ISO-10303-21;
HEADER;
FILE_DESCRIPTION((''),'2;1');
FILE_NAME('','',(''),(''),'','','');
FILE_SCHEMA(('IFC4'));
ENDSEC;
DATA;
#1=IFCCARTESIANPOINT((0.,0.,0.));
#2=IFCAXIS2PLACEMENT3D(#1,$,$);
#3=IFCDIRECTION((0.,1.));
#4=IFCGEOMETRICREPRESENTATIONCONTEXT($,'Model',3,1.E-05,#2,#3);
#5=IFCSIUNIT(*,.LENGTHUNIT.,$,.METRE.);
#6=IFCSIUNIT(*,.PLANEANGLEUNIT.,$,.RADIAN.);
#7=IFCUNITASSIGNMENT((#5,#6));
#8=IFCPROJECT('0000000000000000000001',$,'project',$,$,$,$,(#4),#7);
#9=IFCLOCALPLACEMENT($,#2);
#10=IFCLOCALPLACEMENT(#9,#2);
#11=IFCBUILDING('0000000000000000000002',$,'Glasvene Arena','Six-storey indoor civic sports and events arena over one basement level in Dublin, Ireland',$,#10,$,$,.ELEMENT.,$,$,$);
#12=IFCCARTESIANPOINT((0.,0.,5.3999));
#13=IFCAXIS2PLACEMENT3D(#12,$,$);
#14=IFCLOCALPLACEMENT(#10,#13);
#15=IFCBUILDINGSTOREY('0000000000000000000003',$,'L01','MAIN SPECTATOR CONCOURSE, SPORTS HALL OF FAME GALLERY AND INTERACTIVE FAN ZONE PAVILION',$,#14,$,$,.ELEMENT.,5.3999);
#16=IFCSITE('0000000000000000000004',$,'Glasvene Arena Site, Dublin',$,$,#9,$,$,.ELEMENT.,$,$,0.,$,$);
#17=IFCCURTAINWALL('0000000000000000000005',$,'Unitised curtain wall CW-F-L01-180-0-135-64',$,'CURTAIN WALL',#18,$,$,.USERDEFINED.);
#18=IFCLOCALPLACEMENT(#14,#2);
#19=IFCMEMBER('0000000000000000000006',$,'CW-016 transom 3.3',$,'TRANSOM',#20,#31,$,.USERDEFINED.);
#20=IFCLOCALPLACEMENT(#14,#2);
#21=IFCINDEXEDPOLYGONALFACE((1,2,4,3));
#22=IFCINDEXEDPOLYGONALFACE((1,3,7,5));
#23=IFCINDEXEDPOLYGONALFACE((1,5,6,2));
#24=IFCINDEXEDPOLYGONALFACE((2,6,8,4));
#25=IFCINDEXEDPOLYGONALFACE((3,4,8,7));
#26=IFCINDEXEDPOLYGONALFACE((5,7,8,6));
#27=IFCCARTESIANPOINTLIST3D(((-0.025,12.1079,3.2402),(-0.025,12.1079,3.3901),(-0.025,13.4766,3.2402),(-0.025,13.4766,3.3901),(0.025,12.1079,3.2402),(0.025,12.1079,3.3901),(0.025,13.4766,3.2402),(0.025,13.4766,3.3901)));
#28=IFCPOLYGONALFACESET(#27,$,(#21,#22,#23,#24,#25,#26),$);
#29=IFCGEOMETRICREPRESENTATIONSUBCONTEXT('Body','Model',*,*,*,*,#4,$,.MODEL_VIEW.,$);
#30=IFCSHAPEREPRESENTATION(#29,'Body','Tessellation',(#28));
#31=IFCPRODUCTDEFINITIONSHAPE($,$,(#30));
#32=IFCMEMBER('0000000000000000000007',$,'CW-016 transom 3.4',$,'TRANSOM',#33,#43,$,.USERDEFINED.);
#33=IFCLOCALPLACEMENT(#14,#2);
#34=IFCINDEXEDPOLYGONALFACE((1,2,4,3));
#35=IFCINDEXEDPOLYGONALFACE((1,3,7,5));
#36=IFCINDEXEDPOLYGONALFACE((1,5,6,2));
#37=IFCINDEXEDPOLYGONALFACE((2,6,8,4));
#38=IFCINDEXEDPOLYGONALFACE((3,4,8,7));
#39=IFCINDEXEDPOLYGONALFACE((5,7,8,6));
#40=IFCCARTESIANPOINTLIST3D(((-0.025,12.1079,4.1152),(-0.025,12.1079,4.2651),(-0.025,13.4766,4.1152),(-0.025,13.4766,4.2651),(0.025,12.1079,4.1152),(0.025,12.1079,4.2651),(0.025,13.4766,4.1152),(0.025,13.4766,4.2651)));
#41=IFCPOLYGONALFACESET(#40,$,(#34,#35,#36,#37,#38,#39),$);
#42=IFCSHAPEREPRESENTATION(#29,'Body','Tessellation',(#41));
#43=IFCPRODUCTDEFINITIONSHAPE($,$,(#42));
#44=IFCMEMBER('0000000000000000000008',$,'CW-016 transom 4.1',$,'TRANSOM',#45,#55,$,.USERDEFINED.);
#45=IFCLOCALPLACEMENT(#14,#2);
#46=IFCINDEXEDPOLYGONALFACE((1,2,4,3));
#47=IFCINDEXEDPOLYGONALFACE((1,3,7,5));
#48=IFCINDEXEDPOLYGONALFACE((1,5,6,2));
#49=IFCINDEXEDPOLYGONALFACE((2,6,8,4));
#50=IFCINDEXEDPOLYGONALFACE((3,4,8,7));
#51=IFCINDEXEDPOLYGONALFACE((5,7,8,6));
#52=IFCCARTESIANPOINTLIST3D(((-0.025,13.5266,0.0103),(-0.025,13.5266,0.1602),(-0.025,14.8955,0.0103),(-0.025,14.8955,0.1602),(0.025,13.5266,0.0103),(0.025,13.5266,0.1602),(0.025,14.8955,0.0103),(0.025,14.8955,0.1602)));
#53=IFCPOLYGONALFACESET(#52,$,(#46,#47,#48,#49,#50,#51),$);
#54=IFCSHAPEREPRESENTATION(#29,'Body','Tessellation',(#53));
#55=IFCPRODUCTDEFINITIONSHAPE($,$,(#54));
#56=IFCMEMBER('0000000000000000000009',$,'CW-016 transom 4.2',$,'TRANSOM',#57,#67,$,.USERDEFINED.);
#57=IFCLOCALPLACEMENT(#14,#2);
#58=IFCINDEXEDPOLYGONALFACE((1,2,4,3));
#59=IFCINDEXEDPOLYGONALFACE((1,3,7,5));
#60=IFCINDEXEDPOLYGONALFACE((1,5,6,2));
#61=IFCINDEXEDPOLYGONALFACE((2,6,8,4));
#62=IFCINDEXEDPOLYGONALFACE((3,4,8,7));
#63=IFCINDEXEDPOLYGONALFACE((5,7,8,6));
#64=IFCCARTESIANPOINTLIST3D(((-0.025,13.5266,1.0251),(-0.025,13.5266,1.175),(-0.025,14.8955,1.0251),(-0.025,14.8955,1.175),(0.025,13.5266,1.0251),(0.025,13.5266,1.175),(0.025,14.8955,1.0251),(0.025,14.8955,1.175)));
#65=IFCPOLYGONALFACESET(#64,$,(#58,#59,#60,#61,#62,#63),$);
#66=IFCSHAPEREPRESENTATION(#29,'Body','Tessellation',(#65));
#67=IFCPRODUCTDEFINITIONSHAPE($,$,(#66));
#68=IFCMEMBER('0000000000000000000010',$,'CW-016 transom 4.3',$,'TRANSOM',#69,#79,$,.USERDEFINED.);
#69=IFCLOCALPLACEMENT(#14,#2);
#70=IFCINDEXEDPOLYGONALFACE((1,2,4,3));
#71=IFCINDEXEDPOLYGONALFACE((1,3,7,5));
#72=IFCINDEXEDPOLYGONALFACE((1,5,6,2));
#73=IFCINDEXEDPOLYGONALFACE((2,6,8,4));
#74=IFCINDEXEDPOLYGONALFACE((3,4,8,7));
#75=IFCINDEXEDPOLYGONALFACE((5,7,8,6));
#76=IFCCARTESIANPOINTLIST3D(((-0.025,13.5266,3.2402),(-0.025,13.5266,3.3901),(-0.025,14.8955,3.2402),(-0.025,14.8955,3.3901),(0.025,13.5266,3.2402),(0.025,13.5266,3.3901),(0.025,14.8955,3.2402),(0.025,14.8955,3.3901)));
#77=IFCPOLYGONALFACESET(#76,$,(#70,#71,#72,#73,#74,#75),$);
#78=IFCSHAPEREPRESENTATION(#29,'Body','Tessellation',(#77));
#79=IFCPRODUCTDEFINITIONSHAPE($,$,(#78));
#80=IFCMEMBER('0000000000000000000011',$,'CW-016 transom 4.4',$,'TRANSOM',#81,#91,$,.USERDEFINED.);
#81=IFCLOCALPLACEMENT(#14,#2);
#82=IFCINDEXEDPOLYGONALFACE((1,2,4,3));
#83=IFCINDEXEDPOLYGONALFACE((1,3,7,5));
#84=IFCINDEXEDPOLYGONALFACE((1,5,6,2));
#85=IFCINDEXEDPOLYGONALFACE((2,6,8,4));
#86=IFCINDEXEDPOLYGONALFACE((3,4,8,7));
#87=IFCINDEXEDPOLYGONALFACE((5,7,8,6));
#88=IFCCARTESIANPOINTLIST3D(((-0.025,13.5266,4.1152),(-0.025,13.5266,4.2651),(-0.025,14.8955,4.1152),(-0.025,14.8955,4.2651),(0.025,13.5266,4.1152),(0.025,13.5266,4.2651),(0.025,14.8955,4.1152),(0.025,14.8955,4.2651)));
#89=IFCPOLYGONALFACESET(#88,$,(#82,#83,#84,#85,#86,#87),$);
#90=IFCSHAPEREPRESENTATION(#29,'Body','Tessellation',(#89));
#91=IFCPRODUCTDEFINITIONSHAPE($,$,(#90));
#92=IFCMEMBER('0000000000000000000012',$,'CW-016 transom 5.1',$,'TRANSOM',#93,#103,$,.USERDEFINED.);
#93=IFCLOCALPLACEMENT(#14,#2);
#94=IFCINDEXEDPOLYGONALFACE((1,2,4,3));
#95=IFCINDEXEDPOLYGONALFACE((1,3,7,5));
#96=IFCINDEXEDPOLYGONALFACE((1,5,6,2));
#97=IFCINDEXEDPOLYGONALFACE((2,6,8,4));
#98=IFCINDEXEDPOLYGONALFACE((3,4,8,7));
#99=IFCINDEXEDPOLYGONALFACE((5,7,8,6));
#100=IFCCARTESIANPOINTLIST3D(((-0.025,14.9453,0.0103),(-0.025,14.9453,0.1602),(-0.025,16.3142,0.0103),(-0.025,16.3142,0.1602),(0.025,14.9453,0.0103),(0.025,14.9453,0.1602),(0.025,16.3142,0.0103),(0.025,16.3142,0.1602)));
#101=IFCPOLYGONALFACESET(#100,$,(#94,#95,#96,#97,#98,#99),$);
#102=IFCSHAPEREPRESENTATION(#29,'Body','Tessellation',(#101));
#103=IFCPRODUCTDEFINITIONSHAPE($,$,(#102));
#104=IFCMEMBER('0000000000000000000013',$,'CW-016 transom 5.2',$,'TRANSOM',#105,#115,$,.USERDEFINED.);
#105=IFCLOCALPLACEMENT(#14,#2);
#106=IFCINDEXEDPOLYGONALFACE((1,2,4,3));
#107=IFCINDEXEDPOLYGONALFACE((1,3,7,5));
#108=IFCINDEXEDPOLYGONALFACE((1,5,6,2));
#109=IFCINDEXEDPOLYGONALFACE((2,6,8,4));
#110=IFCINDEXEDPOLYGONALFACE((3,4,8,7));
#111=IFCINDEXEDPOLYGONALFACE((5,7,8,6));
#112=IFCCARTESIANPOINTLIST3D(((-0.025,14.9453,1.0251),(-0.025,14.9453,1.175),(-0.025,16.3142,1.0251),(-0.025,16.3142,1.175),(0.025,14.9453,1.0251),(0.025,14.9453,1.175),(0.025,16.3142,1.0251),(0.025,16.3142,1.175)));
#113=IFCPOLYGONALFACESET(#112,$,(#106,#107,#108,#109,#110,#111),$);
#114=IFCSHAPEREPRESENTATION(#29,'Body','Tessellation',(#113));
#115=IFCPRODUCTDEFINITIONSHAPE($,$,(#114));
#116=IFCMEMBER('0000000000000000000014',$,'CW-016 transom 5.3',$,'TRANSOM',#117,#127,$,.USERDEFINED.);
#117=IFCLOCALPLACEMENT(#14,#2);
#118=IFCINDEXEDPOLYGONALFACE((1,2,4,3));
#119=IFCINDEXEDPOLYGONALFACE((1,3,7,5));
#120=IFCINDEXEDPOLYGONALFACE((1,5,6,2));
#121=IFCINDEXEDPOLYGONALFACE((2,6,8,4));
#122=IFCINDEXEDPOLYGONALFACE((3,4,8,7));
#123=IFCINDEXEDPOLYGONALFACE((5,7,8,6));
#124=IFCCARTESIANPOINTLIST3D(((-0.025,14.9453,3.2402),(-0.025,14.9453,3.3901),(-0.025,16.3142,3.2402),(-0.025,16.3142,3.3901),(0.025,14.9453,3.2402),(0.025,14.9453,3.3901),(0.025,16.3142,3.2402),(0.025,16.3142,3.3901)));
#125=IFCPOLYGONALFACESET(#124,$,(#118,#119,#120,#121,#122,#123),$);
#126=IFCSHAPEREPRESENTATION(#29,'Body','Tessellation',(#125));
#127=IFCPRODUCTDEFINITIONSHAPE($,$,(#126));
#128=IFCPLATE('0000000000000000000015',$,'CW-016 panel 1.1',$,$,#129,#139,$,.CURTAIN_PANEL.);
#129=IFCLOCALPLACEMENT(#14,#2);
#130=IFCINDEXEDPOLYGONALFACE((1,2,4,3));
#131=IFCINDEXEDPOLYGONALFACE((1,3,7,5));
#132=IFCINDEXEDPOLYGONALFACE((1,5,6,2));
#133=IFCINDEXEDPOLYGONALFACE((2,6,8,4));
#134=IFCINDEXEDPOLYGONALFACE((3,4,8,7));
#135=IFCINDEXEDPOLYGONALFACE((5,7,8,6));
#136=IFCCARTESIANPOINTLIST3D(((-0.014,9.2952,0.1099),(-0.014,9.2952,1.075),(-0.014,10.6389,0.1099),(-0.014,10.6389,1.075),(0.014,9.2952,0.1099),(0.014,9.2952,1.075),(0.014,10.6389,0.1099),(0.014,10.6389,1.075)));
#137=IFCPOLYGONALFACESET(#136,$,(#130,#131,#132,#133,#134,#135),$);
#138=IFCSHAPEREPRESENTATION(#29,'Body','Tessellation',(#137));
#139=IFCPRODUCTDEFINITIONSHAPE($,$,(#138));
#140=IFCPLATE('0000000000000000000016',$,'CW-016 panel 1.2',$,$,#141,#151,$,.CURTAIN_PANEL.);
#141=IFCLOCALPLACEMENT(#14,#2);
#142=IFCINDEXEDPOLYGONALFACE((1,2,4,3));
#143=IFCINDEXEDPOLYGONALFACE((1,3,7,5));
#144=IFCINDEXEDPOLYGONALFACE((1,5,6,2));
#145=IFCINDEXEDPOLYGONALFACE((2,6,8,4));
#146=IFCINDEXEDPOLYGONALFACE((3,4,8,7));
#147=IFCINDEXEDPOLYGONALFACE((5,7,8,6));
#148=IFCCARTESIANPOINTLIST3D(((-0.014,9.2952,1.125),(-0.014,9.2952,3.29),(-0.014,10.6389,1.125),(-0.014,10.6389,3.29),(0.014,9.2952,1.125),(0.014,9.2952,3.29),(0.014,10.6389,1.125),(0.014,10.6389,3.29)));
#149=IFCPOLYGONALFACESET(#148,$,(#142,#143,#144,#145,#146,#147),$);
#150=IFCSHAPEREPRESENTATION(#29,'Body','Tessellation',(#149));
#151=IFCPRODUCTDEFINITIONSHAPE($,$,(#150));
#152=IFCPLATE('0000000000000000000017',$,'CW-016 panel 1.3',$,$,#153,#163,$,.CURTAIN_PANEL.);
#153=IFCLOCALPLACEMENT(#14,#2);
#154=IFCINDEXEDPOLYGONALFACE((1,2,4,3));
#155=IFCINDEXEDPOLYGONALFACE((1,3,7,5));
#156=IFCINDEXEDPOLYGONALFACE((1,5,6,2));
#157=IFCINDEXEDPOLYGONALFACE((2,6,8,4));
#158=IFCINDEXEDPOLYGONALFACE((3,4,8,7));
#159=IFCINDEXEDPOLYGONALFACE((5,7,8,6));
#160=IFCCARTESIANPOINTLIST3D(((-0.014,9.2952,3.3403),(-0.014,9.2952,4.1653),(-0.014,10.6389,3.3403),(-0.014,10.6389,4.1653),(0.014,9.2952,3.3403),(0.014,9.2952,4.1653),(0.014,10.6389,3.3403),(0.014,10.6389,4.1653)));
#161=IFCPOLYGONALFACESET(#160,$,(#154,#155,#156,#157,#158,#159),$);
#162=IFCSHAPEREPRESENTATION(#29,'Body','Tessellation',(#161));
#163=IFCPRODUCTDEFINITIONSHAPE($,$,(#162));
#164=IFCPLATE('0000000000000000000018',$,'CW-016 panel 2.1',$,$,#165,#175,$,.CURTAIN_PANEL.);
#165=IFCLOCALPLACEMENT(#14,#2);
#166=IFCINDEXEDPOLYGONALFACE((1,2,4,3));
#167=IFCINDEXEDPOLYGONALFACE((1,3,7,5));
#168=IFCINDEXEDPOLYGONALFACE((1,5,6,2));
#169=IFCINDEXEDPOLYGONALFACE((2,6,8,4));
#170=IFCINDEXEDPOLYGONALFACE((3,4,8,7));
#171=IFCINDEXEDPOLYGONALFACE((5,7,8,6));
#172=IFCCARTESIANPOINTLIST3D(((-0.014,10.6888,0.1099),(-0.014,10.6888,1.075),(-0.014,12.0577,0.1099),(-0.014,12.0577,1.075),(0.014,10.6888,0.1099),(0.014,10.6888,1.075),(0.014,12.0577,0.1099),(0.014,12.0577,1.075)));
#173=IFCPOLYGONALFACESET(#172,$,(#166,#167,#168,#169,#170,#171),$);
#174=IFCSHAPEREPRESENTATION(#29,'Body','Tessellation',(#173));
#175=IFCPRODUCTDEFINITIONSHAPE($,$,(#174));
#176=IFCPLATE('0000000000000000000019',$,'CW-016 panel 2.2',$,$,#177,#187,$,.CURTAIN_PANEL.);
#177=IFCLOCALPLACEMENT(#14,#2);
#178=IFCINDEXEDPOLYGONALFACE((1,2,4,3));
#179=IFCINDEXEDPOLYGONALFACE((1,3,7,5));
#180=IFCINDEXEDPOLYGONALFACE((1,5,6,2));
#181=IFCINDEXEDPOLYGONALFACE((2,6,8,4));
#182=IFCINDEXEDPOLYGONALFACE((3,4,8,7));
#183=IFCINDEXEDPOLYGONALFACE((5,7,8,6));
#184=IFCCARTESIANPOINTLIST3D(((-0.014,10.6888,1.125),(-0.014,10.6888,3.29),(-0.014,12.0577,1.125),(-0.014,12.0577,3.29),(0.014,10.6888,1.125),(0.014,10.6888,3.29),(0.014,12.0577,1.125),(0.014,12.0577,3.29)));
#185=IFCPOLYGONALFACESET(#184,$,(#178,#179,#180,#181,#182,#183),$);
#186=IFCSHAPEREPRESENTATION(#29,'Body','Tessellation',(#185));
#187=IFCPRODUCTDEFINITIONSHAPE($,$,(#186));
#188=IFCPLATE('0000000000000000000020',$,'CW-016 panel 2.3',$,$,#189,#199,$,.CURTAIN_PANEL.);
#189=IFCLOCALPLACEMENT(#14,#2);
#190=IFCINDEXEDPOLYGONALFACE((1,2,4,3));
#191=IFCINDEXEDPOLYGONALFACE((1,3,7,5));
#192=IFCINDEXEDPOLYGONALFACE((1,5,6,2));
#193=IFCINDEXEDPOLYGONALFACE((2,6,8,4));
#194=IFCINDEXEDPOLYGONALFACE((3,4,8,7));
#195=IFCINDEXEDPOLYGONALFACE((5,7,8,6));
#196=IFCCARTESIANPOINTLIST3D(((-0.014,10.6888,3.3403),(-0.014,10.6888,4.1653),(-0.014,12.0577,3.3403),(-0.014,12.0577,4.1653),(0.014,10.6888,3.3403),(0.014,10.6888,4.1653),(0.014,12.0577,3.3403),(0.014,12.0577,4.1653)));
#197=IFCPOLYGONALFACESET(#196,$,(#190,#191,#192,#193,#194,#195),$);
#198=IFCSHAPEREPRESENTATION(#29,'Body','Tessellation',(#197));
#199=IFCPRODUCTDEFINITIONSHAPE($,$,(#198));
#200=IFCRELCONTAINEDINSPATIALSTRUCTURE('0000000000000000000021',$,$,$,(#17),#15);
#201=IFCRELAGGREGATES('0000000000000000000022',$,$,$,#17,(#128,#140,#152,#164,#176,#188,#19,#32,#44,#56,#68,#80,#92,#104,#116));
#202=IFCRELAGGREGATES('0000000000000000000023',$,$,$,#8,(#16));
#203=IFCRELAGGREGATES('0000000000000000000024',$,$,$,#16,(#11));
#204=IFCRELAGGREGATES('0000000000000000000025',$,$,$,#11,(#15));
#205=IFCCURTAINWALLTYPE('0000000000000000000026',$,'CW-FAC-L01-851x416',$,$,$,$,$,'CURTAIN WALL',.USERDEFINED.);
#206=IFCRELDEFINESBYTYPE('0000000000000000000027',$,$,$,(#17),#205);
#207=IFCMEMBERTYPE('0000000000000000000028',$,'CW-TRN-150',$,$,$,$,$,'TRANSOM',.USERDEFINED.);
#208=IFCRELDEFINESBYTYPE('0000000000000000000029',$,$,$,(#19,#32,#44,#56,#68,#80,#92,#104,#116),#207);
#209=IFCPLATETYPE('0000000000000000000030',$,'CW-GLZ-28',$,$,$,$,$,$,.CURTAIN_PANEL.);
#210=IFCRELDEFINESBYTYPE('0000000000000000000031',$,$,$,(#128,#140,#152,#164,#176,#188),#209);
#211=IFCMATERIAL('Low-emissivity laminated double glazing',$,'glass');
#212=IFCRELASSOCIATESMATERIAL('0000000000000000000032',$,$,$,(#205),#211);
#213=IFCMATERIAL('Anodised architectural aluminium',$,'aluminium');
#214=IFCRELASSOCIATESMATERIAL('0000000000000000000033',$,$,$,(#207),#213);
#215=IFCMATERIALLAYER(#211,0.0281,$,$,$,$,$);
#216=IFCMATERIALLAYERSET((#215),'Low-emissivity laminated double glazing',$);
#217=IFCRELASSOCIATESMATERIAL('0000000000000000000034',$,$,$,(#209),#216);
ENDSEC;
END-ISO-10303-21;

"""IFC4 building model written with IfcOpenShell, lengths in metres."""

from ifc_helpers import new_model, si_unit, direction, frame, origin, origin_2d, place, context, subcontext, project, spatial, rectangle, extrude, material, layer, layer_set, material_profile, profile_set, type_object, element, aggregate, save


model = new_model("IFC4")

# Units and contexts
model_context = context("Model", 3, precision=1e-05, world=origin(), true_north=direction((0.0, 1.0)))
body_context = subcontext(model_context, "Body", "Model", "MODEL_VIEW")
ifc_project = project(units=[si_unit("LENGTHUNIT", "METRE"), si_unit("PLANEANGLEUNIT", "RADIAN")], contexts=[model_context])

# Site, building, storey
site_placement = place(None, origin())
site = spatial("IfcSite", under=ifc_project, at=site_placement, Name="Glasvene Arena Site, Dublin", CompositionType="ELEMENT", RefElevation=0.0)
building_placement = place(site_placement, origin())
building = spatial("IfcBuilding", under=site, at=building_placement, Name="Glasvene Arena", Description="Six-storey indoor civic sports and events arena over one basement level in Dublin, Ireland", CompositionType="ELEMENT")
storey_placement = place(building_placement, frame((0.0, 0.0, 5.3999)))
storey = spatial("IfcBuildingStorey", under=building, at=storey_placement, Name="L01", Description="MAIN SPECTATOR CONCOURSE, SPORTS HALL OF FAME GALLERY AND INTERACTIVE FAN ZONE PAVILION", CompositionType="ELEMENT", Elevation=5.3999)

# Curtain wall, members, plates
ifc_material_1 = material(Name="Low-emissivity laminated double glazing", Category="glass")
curtain_wall_type = type_object("IfcCurtainWallType", Name="CW-FAC-L01-851x416", ElementType="CURTAIN WALL", PredefinedType="USERDEFINED", material=ifc_material_1)
curtain_wall_placement = place(storey_placement, frame((0.0, 9.2451, 0.0)))
curtain_wall = element("IfcCurtainWall", 1, at=curtain_wall_placement, inside=storey, type_object=curtain_wall_type, Name="Unitised curtain wall CW-F-L01-180-0-135-64", ObjectType="CURTAIN WALL", PredefinedType="USERDEFINED")
ifc_material_2 = material(Name="Anodised architectural aluminium", Category="aluminium")
ifc_material_profile_1 = material_profile(ifc_material_2, rectangle(XDim=0.05, YDim=0.1499, at=origin_2d()), Name="ALU TRANSOM 50x150")
ifc_profile_set_1 = profile_set([ifc_material_profile_1], Name="Anodised architectural aluminium")
member_type_1 = type_object("IfcMemberType", Name="CW-TRN-150", ElementType="TRANSOM", PredefinedType="USERDEFINED", material=ifc_profile_set_1)
member_1_placement = place(storey_placement, frame((0.0, 12.1079, 3.3152), z_axis=(0.0, 1.0, 0.0), x_axis=(-1.0, 0.0, 0.0)))
member_1 = element("IfcMember", 2, at=member_1_placement, type_object=member_type_1, Name="CW-016 transom 3.3", ObjectType="TRANSOM", PredefinedType="USERDEFINED", context=body_context, shape_type="SweptSolid", body=[
    extrude(rectangle(XDim=0.05, YDim=0.1499, at=origin_2d()), origin(), (0.0, 0.0, 1.0), 1.3687),
])
member_2_placement = place(storey_placement, frame((0.0, 12.1079, 4.1902), z_axis=(0.0, 1.0, 0.0), x_axis=(-1.0, 0.0, 0.0)))
member_2 = element("IfcMember", 3, at=member_2_placement, type_object=member_type_1, Name="CW-016 transom 3.4", ObjectType="TRANSOM", PredefinedType="USERDEFINED", context=body_context, shape_type="SweptSolid", body=[
    extrude(rectangle(XDim=0.05, YDim=0.1499, at=origin_2d()), origin(), (0.0, 0.0, 1.0), 1.3687),
])
member_3_placement = place(storey_placement, frame((0.0, 13.5266, 0.0852), z_axis=(0.0, 1.0, 0.0), x_axis=(-1.0, 0.0, 0.0)))
member_3 = element("IfcMember", 4, at=member_3_placement, type_object=member_type_1, Name="CW-016 transom 4.1", ObjectType="TRANSOM", PredefinedType="USERDEFINED", context=body_context, shape_type="SweptSolid", body=[
    extrude(rectangle(XDim=0.05, YDim=0.1499, at=origin_2d()), origin(), (0.0, 0.0, 1.0), 1.3689),
])
member_4_placement = place(storey_placement, frame((0.0, 13.5266, 1.1001), z_axis=(0.0, 1.0, 0.0), x_axis=(-1.0, 0.0, 0.0)))
member_4 = element("IfcMember", 5, at=member_4_placement, type_object=member_type_1, Name="CW-016 transom 4.2", ObjectType="TRANSOM", PredefinedType="USERDEFINED", context=body_context, shape_type="SweptSolid", body=[
    extrude(rectangle(XDim=0.05, YDim=0.1499, at=origin_2d()), origin(), (0.0, 0.0, 1.0), 1.3689),
])
member_5_placement = place(storey_placement, frame((0.0, 13.5266, 3.3152), z_axis=(0.0, 1.0, 0.0), x_axis=(-1.0, 0.0, 0.0)))
member_5 = element("IfcMember", 6, at=member_5_placement, type_object=member_type_1, Name="CW-016 transom 4.3", ObjectType="TRANSOM", PredefinedType="USERDEFINED", context=body_context, shape_type="SweptSolid", body=[
    extrude(rectangle(XDim=0.05, YDim=0.1499, at=origin_2d()), origin(), (0.0, 0.0, 1.0), 1.3689),
])
member_6_placement = place(storey_placement, frame((0.0, 13.5266, 4.1902), z_axis=(0.0, 1.0, 0.0), x_axis=(-1.0, 0.0, 0.0)))
member_6 = element("IfcMember", 7, at=member_6_placement, type_object=member_type_1, Name="CW-016 transom 4.4", ObjectType="TRANSOM", PredefinedType="USERDEFINED", context=body_context, shape_type="SweptSolid", body=[
    extrude(rectangle(XDim=0.05, YDim=0.1499, at=origin_2d()), origin(), (0.0, 0.0, 1.0), 1.3689),
])
member_7_placement = place(storey_placement, frame((0.0, 14.9453, 0.0852), z_axis=(0.0, 1.0, 0.0), x_axis=(-1.0, 0.0, 0.0)))
member_7 = element("IfcMember", 8, at=member_7_placement, type_object=member_type_1, Name="CW-016 transom 5.1", ObjectType="TRANSOM", PredefinedType="USERDEFINED", context=body_context, shape_type="SweptSolid", body=[
    extrude(rectangle(XDim=0.05, YDim=0.1499, at=origin_2d()), origin(), (0.0, 0.0, 1.0), 1.3689),
])
member_8_placement = place(storey_placement, frame((0.0, 14.9453, 1.1001), z_axis=(0.0, 1.0, 0.0), x_axis=(-1.0, 0.0, 0.0)))
member_8 = element("IfcMember", 9, at=member_8_placement, type_object=member_type_1, Name="CW-016 transom 5.2", ObjectType="TRANSOM", PredefinedType="USERDEFINED", context=body_context, shape_type="SweptSolid", body=[
    extrude(rectangle(XDim=0.05, YDim=0.1499, at=origin_2d()), origin(), (0.0, 0.0, 1.0), 1.3689),
])
member_9_placement = place(storey_placement, frame((0.0, 14.9453, 3.3152), z_axis=(0.0, 1.0, 0.0), x_axis=(-1.0, 0.0, 0.0)))
member_9 = element("IfcMember", 10, at=member_9_placement, type_object=member_type_1, Name="CW-016 transom 5.3", ObjectType="TRANSOM", PredefinedType="USERDEFINED", context=body_context, shape_type="SweptSolid", body=[
    extrude(rectangle(XDim=0.05, YDim=0.1499, at=origin_2d()), origin(), (0.0, 0.0, 1.0), 1.3689),
])
ifc_layer = layer(ifc_material_1, 0.0281)
ifc_layer_set = layer_set([ifc_layer], Name="Low-emissivity laminated double glazing")
plate_type = type_object("IfcPlateType", Name="CW-GLZ-28", PredefinedType="CURTAIN_PANEL", material=ifc_layer_set)
plate_1_placement = place(storey_placement, frame((0.0, 9.967, 0.1099), z_axis=(0.0, 0.0, 1.0), x_axis=(0.0, 1.0, 0.0)))
plate_1 = element("IfcPlate", 11, at=plate_1_placement, type_object=plate_type, Name="CW-016 panel 1.1", PredefinedType="CURTAIN_PANEL", context=body_context, shape_type="SweptSolid", body=[
    extrude(rectangle(XDim=1.3438, YDim=0.0281, at=origin_2d()), origin(), (0.0, 0.0, 1.0), 0.9651),
])
plate_2_placement = place(storey_placement, frame((0.0, 9.967, 1.125), z_axis=(0.0, 0.0, 1.0), x_axis=(0.0, 1.0, 0.0)))
plate_2 = element("IfcPlate", 12, at=plate_2_placement, type_object=plate_type, Name="CW-016 panel 1.2", PredefinedType="CURTAIN_PANEL", context=body_context, shape_type="SweptSolid", body=[
    extrude(rectangle(XDim=1.3438, YDim=0.0281, at=origin_2d()), origin(), (0.0, 0.0, 1.0), 2.165),
])
plate_3_placement = place(storey_placement, frame((0.0, 9.967, 3.3403), z_axis=(0.0, 0.0, 1.0), x_axis=(0.0, 1.0, 0.0)))
plate_3 = element("IfcPlate", 13, at=plate_3_placement, type_object=plate_type, Name="CW-016 panel 1.3", PredefinedType="CURTAIN_PANEL", context=body_context, shape_type="SweptSolid", body=[
    extrude(rectangle(XDim=1.3438, YDim=0.0281, at=origin_2d()), origin(), (0.0, 0.0, 1.0), 0.825),
])
plate_4_placement = place(storey_placement, frame((0.0, 11.3733, 0.1099), z_axis=(0.0, 0.0, 1.0), x_axis=(0.0, 1.0, 0.0)))
plate_4 = element("IfcPlate", 14, at=plate_4_placement, type_object=plate_type, Name="CW-016 panel 2.1", PredefinedType="CURTAIN_PANEL", context=body_context, shape_type="SweptSolid", body=[
    extrude(rectangle(XDim=1.3689, YDim=0.0281, at=origin_2d()), origin(), (0.0, 0.0, 1.0), 0.9651),
])
plate_5_placement = place(storey_placement, frame((0.0, 11.3733, 1.125), z_axis=(0.0, 0.0, 1.0), x_axis=(0.0, 1.0, 0.0)))
plate_5 = element("IfcPlate", 15, at=plate_5_placement, type_object=plate_type, Name="CW-016 panel 2.2", PredefinedType="CURTAIN_PANEL", context=body_context, shape_type="SweptSolid", body=[
    extrude(rectangle(XDim=1.3689, YDim=0.0281, at=origin_2d()), origin(), (0.0, 0.0, 1.0), 2.165),
])
plate_6_placement = place(storey_placement, frame((0.0, 11.3733, 3.3403), z_axis=(0.0, 0.0, 1.0), x_axis=(0.0, 1.0, 0.0)))
plate_6 = element("IfcPlate", 16, at=plate_6_placement, type_object=plate_type, Name="CW-016 panel 2.3", PredefinedType="CURTAIN_PANEL", context=body_context, shape_type="SweptSolid", body=[
    extrude(rectangle(XDim=1.3689, YDim=0.0281, at=origin_2d()), origin(), (0.0, 0.0, 1.0), 0.825),
])
aggregate(curtain_wall, [plate_1, plate_2, plate_3, plate_4, plate_5, plate_6, member_1, member_2, member_3, member_4, member_5, member_6, member_7, member_8, member_9])

save(model, "model.ifc")
